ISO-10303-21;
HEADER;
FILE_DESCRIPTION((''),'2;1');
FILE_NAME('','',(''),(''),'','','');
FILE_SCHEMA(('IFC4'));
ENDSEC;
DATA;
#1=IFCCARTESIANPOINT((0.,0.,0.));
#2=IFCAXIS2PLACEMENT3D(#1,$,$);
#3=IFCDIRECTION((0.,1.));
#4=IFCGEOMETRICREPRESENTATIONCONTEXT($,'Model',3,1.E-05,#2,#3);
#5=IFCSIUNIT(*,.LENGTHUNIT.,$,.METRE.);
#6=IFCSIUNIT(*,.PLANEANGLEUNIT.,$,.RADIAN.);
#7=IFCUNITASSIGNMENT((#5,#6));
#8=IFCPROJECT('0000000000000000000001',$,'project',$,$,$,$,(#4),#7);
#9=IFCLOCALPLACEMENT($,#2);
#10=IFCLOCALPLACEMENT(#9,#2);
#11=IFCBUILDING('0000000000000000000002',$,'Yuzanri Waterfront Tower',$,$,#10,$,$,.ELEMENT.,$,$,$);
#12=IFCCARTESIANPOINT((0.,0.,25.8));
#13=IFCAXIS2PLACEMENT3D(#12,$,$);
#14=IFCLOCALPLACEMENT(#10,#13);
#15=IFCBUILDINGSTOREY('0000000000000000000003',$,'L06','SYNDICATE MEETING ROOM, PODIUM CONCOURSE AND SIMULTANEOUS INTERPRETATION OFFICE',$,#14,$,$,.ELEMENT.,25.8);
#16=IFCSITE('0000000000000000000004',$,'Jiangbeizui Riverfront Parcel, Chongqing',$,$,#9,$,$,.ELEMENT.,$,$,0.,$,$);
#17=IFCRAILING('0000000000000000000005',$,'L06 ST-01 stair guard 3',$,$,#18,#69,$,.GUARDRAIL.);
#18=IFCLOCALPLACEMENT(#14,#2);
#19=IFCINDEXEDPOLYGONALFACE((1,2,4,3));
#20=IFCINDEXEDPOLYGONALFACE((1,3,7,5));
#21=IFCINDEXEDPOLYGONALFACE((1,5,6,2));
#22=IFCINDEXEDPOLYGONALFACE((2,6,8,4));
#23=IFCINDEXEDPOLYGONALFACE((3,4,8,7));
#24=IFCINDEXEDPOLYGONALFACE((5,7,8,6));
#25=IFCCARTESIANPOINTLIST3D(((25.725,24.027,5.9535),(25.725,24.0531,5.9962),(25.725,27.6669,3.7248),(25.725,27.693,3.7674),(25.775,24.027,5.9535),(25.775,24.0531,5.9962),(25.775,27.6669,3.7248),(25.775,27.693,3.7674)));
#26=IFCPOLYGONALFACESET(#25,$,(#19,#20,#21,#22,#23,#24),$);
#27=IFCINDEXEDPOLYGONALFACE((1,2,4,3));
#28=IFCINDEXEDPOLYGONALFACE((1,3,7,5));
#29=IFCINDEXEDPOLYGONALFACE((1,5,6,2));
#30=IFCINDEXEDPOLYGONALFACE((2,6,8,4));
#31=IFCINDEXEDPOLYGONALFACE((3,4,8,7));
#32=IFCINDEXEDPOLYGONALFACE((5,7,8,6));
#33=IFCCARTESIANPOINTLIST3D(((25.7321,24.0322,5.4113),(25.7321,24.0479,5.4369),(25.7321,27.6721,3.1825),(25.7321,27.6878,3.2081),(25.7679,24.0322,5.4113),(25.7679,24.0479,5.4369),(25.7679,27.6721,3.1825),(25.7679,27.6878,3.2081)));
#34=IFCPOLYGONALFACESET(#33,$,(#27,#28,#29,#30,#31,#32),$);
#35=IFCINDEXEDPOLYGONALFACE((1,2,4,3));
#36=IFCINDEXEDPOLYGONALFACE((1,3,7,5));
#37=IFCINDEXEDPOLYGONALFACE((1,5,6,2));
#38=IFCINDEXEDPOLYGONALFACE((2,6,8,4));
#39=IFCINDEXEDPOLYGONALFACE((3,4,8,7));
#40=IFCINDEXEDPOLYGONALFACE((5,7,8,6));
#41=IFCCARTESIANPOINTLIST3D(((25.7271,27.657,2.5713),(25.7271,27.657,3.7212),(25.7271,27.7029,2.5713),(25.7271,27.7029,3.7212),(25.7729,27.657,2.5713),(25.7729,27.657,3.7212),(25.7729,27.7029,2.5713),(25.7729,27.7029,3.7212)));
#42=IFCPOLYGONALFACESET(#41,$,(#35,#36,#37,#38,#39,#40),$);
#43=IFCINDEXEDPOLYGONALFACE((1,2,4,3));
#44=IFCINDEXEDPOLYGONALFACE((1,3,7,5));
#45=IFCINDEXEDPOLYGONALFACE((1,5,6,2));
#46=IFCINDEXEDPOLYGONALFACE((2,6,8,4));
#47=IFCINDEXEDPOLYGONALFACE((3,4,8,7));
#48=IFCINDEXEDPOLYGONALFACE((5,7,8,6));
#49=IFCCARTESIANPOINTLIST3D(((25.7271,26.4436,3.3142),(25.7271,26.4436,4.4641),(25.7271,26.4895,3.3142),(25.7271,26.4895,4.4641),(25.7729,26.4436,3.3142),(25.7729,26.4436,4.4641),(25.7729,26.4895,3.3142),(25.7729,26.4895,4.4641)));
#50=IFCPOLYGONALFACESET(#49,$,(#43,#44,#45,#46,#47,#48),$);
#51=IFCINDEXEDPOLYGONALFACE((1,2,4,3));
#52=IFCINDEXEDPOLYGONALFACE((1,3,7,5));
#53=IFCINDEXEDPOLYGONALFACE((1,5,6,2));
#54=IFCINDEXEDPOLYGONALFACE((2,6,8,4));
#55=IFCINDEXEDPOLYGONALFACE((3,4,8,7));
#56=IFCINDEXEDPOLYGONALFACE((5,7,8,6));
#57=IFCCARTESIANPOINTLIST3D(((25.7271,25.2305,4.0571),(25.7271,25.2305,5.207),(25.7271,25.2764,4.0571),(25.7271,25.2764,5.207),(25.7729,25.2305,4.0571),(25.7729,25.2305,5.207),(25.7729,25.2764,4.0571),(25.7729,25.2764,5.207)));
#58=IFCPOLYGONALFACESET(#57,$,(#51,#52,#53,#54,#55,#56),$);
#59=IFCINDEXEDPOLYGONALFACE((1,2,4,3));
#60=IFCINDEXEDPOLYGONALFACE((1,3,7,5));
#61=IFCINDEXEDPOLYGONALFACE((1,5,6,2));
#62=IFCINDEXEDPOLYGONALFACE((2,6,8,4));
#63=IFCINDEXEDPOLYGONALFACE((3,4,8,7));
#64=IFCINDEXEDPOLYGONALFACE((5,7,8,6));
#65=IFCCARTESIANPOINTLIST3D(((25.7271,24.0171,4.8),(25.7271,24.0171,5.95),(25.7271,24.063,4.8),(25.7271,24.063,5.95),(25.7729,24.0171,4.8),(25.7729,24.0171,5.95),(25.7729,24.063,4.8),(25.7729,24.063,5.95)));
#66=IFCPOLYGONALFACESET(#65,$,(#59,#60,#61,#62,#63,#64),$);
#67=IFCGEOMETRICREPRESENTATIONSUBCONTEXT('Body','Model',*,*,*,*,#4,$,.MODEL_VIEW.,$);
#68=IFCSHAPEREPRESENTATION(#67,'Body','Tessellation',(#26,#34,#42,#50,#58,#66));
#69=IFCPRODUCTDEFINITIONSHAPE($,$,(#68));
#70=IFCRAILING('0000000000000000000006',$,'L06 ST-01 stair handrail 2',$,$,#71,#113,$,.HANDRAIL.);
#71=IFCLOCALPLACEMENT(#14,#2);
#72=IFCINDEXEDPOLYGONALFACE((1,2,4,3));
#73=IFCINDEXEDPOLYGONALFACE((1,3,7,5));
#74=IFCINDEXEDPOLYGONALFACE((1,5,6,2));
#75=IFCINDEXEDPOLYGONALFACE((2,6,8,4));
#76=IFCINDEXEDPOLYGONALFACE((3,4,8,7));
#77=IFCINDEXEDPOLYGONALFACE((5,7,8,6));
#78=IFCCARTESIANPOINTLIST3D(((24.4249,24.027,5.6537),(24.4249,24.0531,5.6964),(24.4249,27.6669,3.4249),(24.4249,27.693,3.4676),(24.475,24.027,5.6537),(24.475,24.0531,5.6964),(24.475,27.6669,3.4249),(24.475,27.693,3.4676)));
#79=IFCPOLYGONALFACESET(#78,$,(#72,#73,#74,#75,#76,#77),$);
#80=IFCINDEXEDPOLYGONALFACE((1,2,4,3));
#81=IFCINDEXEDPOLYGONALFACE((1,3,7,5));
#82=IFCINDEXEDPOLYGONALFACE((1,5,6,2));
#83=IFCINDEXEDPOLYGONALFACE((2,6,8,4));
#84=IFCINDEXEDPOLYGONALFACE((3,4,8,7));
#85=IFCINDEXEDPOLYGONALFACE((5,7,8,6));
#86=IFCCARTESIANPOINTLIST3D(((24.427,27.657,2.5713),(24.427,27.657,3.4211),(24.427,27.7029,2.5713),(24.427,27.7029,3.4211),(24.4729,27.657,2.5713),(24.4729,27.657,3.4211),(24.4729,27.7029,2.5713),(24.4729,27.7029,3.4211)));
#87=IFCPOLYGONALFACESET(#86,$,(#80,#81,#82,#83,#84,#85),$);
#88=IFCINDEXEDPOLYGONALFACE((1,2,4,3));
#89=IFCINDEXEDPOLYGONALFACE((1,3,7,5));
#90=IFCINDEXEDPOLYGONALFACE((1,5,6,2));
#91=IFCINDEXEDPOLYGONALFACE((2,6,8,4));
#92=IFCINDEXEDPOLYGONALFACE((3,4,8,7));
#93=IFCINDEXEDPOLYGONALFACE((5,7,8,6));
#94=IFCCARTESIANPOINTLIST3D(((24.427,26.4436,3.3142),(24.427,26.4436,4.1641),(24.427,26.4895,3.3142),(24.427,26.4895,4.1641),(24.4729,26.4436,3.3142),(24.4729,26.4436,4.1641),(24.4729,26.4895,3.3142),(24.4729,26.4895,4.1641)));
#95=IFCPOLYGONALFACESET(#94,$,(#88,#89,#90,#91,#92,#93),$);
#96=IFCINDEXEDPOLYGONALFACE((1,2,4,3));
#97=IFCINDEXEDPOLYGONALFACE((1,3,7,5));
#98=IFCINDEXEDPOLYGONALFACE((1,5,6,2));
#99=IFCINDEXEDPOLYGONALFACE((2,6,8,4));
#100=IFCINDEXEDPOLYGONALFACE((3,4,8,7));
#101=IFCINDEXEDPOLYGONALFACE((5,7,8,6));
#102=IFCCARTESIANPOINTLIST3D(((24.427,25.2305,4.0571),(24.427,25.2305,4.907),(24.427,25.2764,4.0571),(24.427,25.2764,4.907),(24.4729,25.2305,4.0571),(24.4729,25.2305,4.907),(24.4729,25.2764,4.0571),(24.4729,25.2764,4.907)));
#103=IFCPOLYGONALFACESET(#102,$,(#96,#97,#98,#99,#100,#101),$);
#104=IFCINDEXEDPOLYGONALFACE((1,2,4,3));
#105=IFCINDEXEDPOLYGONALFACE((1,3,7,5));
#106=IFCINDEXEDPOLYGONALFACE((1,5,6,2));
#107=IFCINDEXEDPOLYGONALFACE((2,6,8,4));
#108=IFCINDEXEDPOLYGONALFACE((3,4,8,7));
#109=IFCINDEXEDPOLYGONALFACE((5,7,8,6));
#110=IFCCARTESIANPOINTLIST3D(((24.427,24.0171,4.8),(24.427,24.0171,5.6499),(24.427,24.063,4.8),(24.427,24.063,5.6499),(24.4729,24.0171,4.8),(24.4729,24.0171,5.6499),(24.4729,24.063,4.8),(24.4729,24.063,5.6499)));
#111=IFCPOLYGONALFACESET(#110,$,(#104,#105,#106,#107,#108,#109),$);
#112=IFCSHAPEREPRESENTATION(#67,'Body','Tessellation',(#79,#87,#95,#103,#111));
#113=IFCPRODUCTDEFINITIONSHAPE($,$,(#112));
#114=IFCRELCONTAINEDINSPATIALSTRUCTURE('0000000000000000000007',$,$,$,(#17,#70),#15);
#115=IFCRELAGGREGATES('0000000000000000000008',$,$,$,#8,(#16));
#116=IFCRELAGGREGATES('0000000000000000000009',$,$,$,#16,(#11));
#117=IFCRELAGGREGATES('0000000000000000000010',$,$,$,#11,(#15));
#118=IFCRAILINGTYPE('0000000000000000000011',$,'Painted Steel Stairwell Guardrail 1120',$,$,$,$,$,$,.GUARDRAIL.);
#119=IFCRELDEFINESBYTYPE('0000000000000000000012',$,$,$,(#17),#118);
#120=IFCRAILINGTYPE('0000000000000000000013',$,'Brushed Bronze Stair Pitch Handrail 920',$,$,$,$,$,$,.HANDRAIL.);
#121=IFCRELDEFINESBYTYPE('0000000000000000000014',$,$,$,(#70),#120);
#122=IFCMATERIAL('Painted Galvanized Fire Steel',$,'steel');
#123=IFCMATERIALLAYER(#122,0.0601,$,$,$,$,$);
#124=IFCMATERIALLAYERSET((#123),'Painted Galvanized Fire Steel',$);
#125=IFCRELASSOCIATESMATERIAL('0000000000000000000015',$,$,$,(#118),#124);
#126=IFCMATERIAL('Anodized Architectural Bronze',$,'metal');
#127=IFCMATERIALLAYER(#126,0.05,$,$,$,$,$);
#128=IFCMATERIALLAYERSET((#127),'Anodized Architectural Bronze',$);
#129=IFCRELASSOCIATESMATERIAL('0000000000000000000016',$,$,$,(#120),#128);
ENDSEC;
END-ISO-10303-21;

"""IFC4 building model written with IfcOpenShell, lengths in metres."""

from ifc_helpers import new_model, si_unit, direction, frame, origin, origin_2d, place, context, subcontext, project, spatial, rectangle, extrude, source, transform, mapped, material, layer, layer_set, type_object, element, save


model = new_model("IFC4")

# Units and contexts
model_context = context("Model", 3, precision=1e-05, world=origin(), true_north=direction((0.0, 1.0)))
body_context = subcontext(model_context, "Body", "Model", "MODEL_VIEW")
ifc_project = project(units=[si_unit("LENGTHUNIT", "METRE"), si_unit("PLANEANGLEUNIT", "RADIAN")], contexts=[model_context])

# Site, building, storey
site_placement = place(None, origin())
site = spatial("IfcSite", under=ifc_project, at=site_placement, Name="Jiangbeizui Riverfront Parcel, Chongqing", CompositionType="ELEMENT", RefElevation=0.0)
building_placement = place(site_placement, origin())
building = spatial("IfcBuilding", under=site, at=building_placement, Name="Yuzanri Waterfront Tower", CompositionType="ELEMENT")
storey_placement = place(building_placement, frame((0.0, 0.0, 25.8)))
storey = spatial("IfcBuildingStorey", under=building, at=storey_placement, Name="L06", Description="SYNDICATE MEETING ROOM, PODIUM CONCOURSE AND SIMULTANEOUS INTERPRETATION OFFICE", CompositionType="ELEMENT", Elevation=25.8)

# Railings
ifc_material_1 = material(Name="Painted Galvanized Fire Steel", Category="steel")
ifc_layer_1 = layer(ifc_material_1, 0.0601)
ifc_layer_set_1 = layer_set([ifc_layer_1], Name="Painted Galvanized Fire Steel")
railing_type_1 = type_object("IfcRailingType", Name="Painted Steel Stairwell Guardrail 1120", PredefinedType="GUARDRAIL", material=ifc_layer_set_1)
shared_shape_1 = source(origin(), body_context, "Body", "SweptSolid", [
    extrude(rectangle(XDim=0.05, YDim=0.05, at=origin_2d()), frame((0.0, 0.0, 1.1748), z_axis=(0.0, -0.852825, 0.522197), x_axis=(1.0, 0.0, 0.0)), (0.0, 0.0, 1.0), 4.2681),
    extrude(rectangle(XDim=0.0359, YDim=0.03, at=origin_2d()), frame((0.0, 0.0, 0.624), z_axis=(0.0, -0.852825, 0.522197), x_axis=(1.0, 0.0, 0.0)), (0.0, 0.0, 1.0), 4.2681),
    extrude(rectangle(XDim=0.0459, YDim=0.0459, at=origin_2d()), origin(), (0.0, 0.0, 1.0), 1.1499),
    extrude(rectangle(XDim=0.0459, YDim=0.0459, at=origin_2d()), frame((0.0, -1.2134, 0.7429)), (0.0, 0.0, 1.0), 1.1499),
    extrude(rectangle(XDim=0.0459, YDim=0.0459, at=origin_2d()), frame((0.0, -2.4265, 1.4858)), (0.0, 0.0, 1.0), 1.1499),
    extrude(rectangle(XDim=0.0459, YDim=0.0459, at=origin_2d()), frame((0.0, -3.6399, 2.2288)), (0.0, 0.0, 1.0), 1.1499),
])
railing_1_placement = place(storey_placement, frame((25.75, 27.6799, 2.5713)))
element("IfcRailing", 1, at=railing_1_placement, inside=storey, type_object=railing_type_1, Name="L06 ST-01 stair guard 3", PredefinedType="GUARDRAIL", context=body_context, shape_type="MappedRepresentation", body=[
    mapped(shared_shape_1, transform((0.0, 0.0, 0.0), scale=1.0)),
])
ifc_material_2 = material(Name="Anodized Architectural Bronze", Category="metal")
ifc_layer_2 = layer(ifc_material_2, 0.05)
ifc_layer_set_2 = layer_set([ifc_layer_2], Name="Anodized Architectural Bronze")
railing_type_2 = type_object("IfcRailingType", Name="Brushed Bronze Stair Pitch Handrail 920", PredefinedType="HANDRAIL", material=ifc_layer_set_2)
shared_shape_2 = source(origin(), body_context, "Body", "SweptSolid", [
    extrude(rectangle(XDim=0.05, YDim=0.05, at=origin_2d()), frame((0.0, 0.0, 0.875), z_axis=(0.0, -0.852825, 0.522197), x_axis=(1.0, 0.0, 0.0)), (0.0, 0.0, 1.0), 4.2681),
    extrude(rectangle(XDim=0.0459, YDim=0.0459, at=origin_2d()), origin(), (0.0, 0.0, 1.0), 0.8499),
    extrude(rectangle(XDim=0.0459, YDim=0.0459, at=origin_2d()), frame((0.0, -1.2134, 0.7429)), (0.0, 0.0, 1.0), 0.8499),
    extrude(rectangle(XDim=0.0459, YDim=0.0459, at=origin_2d()), frame((0.0, -2.4265, 1.4858)), (0.0, 0.0, 1.0), 0.8499),
    extrude(rectangle(XDim=0.0459, YDim=0.0459, at=origin_2d()), frame((0.0, -3.6399, 2.2288)), (0.0, 0.0, 1.0), 0.8499),
])
railing_2_placement = place(storey_placement, frame((24.45, 27.6799, 2.5713)))
element("IfcRailing", 2, at=railing_2_placement, inside=storey, type_object=railing_type_2, Name="L06 ST-01 stair handrail 2", PredefinedType="HANDRAIL", context=body_context, shape_type="MappedRepresentation", body=[
    mapped(shared_shape_2, transform((0.0, 0.0, 0.0), scale=1.0)),
])

save(model, "model.ifc")
